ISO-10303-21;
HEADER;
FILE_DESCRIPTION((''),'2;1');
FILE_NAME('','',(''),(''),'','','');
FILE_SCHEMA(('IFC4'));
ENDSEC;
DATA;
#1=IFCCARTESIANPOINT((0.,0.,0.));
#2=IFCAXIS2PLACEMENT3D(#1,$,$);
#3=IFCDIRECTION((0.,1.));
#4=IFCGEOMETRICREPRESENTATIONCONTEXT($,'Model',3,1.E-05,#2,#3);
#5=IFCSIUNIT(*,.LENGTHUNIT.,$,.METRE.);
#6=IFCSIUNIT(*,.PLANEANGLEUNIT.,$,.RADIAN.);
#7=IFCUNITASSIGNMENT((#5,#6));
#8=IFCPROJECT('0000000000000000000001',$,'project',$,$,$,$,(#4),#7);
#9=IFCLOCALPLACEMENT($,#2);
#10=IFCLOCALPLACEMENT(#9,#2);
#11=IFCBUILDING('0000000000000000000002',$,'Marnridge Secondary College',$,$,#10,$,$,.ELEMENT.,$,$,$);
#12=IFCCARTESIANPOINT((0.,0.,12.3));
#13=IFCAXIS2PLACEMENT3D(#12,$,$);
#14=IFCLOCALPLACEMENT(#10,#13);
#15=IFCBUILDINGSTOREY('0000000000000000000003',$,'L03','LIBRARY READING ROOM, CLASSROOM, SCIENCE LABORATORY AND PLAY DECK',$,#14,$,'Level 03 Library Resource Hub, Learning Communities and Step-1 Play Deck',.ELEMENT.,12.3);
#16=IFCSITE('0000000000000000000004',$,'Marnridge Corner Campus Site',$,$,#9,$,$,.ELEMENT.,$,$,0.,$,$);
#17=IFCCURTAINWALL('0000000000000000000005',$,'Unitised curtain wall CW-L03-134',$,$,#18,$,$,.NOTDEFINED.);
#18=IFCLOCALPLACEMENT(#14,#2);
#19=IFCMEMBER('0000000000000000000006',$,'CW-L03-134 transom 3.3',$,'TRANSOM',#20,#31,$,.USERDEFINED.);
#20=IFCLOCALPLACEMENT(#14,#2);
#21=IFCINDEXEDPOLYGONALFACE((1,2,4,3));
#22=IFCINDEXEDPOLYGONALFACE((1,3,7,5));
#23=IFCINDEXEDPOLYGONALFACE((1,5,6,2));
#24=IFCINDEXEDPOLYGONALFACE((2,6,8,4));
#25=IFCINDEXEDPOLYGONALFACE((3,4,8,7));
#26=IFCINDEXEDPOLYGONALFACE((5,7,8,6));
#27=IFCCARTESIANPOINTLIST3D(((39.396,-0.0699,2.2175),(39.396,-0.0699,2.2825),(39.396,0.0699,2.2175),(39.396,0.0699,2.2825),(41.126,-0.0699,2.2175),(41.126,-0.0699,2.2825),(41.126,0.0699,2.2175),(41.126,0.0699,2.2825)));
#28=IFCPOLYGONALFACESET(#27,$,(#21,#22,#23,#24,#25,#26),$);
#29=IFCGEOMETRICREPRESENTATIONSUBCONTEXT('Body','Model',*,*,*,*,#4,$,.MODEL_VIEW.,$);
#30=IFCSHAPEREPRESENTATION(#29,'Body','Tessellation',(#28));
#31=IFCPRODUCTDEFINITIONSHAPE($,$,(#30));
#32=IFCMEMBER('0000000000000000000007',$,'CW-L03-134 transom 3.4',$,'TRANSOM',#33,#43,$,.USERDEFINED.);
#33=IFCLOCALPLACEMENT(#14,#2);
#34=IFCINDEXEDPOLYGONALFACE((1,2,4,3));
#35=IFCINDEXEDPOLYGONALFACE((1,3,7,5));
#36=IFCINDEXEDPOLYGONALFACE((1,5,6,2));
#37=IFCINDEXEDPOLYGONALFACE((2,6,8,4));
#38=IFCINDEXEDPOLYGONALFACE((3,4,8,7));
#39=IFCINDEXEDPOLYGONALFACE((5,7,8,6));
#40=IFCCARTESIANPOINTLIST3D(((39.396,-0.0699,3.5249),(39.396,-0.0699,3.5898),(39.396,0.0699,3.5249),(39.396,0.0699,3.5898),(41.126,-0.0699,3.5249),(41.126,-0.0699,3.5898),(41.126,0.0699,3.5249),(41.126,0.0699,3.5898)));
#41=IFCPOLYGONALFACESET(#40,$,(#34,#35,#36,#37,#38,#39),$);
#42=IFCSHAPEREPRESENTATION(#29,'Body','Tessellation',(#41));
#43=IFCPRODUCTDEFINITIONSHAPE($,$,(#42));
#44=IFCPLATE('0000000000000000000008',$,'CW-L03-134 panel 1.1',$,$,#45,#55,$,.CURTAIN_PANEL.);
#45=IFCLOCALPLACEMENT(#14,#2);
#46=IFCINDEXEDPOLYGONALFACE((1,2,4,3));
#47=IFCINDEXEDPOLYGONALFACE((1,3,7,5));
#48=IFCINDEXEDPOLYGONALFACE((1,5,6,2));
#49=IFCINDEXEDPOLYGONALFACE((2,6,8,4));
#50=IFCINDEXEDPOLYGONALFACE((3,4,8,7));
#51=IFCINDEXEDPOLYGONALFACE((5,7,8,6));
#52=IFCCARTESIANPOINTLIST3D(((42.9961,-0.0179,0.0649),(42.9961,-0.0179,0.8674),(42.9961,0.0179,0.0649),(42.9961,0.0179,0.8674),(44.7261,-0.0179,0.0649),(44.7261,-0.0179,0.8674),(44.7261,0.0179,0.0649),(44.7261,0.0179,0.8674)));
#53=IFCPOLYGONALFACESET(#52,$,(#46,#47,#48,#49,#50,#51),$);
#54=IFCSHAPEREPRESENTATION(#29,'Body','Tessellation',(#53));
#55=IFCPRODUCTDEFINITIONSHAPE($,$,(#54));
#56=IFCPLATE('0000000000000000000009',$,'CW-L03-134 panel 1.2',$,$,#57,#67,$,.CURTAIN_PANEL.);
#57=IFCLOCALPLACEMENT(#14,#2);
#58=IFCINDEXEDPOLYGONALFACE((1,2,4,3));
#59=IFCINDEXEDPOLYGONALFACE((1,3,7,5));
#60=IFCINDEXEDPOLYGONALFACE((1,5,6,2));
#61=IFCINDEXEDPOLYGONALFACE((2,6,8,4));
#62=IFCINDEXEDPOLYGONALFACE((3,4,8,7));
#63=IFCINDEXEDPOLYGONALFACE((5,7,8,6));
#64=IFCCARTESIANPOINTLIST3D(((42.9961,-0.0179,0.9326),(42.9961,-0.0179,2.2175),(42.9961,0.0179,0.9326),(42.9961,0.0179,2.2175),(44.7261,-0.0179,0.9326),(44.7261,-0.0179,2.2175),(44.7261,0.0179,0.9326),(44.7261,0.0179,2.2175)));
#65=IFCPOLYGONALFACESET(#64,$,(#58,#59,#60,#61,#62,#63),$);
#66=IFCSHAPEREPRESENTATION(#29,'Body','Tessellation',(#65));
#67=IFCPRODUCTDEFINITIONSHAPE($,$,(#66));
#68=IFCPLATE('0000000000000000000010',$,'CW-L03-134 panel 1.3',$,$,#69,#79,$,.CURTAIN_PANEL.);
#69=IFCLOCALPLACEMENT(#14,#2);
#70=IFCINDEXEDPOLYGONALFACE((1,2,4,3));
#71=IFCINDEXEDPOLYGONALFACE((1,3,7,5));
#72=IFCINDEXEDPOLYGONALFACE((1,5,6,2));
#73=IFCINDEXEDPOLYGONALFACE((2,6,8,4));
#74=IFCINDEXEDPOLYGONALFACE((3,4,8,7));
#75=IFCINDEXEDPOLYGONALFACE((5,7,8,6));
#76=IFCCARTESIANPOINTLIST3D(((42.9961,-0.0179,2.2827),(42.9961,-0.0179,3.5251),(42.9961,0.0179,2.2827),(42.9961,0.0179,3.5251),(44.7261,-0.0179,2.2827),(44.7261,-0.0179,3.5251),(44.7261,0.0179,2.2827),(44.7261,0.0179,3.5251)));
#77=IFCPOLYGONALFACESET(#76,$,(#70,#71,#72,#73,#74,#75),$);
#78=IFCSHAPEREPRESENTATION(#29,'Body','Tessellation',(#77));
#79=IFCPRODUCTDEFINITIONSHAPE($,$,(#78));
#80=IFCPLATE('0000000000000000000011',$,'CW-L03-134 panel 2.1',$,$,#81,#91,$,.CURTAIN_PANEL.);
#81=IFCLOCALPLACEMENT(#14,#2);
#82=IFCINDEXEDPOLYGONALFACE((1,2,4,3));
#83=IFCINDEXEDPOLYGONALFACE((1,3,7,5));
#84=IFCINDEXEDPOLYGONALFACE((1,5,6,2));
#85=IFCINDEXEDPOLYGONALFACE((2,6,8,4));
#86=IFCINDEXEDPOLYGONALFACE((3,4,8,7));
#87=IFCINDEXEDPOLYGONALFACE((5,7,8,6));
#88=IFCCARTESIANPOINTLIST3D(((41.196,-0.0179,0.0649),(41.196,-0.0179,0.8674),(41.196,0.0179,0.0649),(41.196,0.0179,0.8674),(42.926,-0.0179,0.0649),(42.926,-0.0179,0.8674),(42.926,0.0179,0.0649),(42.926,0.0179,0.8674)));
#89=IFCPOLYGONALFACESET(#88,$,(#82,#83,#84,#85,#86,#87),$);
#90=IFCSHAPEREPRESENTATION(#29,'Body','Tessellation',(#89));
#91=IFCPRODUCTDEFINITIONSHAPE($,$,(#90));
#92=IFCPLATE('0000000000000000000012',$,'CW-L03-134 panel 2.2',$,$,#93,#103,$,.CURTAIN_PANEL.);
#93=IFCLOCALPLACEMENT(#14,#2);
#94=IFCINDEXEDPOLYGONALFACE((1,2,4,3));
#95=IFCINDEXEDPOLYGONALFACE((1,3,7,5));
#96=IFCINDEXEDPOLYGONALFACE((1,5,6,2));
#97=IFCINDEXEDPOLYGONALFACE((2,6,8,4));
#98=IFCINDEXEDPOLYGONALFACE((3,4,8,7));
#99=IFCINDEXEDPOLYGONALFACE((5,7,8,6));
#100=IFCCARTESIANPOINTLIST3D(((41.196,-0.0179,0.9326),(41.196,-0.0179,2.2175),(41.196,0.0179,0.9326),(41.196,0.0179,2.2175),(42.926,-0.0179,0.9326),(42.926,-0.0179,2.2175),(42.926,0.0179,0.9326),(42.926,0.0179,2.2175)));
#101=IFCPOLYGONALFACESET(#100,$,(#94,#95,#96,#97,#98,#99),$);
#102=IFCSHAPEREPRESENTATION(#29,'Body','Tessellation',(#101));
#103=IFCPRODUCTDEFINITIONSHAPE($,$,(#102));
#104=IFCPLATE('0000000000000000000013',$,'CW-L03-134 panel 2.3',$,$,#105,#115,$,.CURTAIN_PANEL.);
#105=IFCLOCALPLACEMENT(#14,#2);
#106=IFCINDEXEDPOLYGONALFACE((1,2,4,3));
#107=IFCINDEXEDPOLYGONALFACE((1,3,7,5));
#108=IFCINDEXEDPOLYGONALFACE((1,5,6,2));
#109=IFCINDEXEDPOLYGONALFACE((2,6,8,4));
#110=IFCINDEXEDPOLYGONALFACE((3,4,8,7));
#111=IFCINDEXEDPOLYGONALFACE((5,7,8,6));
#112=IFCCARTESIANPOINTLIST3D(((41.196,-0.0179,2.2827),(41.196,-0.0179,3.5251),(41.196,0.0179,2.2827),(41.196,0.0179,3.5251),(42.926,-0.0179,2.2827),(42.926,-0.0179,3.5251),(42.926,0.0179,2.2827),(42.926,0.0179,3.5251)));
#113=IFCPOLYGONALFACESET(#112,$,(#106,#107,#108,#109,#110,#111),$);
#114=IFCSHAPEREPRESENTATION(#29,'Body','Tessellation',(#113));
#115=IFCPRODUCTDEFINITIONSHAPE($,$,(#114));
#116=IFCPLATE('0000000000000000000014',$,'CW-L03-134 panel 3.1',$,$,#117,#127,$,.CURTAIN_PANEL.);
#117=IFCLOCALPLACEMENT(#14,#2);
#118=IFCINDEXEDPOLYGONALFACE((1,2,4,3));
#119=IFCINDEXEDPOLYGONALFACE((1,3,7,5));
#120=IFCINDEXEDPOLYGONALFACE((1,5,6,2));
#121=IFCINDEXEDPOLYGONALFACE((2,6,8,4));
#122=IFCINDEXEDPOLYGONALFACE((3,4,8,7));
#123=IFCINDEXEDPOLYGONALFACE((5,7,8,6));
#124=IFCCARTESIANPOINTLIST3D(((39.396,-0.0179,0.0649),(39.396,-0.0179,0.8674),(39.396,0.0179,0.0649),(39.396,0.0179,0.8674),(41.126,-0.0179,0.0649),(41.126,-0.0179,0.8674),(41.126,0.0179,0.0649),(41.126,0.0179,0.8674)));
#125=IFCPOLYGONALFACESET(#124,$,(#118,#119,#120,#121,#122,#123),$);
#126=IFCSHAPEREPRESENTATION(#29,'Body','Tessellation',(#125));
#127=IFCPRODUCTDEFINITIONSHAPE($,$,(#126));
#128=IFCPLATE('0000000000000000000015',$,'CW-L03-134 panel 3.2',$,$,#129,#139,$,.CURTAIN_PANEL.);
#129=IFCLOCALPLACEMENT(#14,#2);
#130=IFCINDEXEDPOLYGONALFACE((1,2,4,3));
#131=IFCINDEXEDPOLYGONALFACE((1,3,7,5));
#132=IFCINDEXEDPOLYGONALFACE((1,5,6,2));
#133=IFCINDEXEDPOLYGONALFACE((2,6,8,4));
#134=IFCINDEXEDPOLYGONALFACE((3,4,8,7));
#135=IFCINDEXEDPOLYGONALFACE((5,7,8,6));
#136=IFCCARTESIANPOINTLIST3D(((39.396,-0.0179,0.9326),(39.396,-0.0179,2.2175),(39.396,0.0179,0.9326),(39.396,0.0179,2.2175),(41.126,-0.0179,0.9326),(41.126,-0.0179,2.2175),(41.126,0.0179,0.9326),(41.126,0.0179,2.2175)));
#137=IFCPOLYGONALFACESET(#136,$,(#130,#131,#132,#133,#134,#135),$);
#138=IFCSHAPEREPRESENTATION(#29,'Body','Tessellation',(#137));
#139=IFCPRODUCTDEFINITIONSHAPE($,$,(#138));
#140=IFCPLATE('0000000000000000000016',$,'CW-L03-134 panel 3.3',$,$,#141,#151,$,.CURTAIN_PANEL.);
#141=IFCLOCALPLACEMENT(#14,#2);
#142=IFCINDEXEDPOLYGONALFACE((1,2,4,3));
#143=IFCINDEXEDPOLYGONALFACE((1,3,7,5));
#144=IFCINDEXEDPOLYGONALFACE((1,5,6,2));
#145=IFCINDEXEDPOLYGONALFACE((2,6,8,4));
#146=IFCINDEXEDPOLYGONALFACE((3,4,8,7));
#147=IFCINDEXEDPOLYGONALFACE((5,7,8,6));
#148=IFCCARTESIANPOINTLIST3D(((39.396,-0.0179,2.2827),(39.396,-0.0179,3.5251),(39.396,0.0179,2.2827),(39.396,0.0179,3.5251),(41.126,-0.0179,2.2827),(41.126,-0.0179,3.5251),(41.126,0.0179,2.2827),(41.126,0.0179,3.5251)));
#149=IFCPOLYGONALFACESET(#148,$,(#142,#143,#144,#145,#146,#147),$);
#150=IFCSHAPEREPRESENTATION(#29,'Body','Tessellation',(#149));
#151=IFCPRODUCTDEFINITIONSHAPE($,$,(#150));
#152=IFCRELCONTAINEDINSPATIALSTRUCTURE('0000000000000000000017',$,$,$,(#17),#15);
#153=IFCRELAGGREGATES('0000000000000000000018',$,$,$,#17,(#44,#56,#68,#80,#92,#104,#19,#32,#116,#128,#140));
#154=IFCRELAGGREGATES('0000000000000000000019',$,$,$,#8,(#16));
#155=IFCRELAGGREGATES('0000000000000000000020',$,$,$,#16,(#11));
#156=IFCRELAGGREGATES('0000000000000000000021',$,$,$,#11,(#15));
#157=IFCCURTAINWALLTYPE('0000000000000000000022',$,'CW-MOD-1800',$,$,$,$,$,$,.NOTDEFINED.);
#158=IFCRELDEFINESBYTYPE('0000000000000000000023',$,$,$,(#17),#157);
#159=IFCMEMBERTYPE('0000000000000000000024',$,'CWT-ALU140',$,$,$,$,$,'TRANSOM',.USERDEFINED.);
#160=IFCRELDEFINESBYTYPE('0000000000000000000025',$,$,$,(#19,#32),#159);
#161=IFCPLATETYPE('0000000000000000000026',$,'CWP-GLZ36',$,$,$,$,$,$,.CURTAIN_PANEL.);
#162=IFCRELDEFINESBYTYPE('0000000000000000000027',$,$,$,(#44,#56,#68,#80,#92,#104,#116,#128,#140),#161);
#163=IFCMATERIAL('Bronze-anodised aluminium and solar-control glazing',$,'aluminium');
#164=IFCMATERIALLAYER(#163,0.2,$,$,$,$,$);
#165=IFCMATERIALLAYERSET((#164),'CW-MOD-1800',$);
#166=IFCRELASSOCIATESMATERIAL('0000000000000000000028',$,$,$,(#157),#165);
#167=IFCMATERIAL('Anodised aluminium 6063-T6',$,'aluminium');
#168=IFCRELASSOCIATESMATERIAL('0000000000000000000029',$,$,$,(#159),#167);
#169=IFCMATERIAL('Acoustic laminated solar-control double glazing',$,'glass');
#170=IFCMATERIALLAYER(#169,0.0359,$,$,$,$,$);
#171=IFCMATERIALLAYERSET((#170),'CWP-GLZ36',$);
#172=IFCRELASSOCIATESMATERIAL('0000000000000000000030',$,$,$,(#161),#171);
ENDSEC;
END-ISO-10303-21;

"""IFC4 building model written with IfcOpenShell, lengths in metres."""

from ifc_helpers import new_model, si_unit, direction, frame, origin, origin_2d, place, context, subcontext, project, spatial, rectangle, extrude, material, layer, layer_set, material_profile, profile_set, type_object, element, aggregate, save


model = new_model("IFC4")

# Units and contexts
model_context = context("Model", 3, precision=1e-05, world=origin(), true_north=direction((0.0, 1.0)))
body_context = subcontext(model_context, "Body", "Model", "MODEL_VIEW")
ifc_project = project(units=[si_unit("LENGTHUNIT", "METRE"), si_unit("PLANEANGLEUNIT", "RADIAN")], contexts=[model_context])

# Site, building, storey
site_placement = place(None, origin())
site = spatial("IfcSite", under=ifc_project, at=site_placement, Name="Marnridge Corner Campus Site", CompositionType="ELEMENT", RefElevation=0.0)
building_placement = place(site_placement, origin())
building = spatial("IfcBuilding", under=site, at=building_placement, Name="Marnridge Secondary College", CompositionType="ELEMENT")
storey_placement = place(building_placement, frame((0.0, 0.0, 12.3)))
storey = spatial("IfcBuildingStorey", under=building, at=storey_placement, Name="L03", Description="LIBRARY READING ROOM, CLASSROOM, SCIENCE LABORATORY AND PLAY DECK", LongName="Level 03 Library Resource Hub, Learning Communities and Step-1 Play Deck", CompositionType="ELEMENT", Elevation=12.3)

# Curtain wall, members, plates
ifc_material_1 = material(Name="Bronze-anodised aluminium and solar-control glazing", Category="aluminium")
ifc_layer_1 = layer(ifc_material_1, 0.2)
ifc_layer_set_1 = layer_set([ifc_layer_1], Name="CW-MOD-1800")
curtain_wall_type = type_object("IfcCurtainWallType", Name="CW-MOD-1800", PredefinedType="NOTDEFINED", material=ifc_layer_set_1)
curtain_wall_placement = place(storey_placement, origin())
curtain_wall = element("IfcCurtainWall", 1, at=curtain_wall_placement, inside=storey, type_object=curtain_wall_type, Name="Unitised curtain wall CW-L03-134", PredefinedType="NOTDEFINED")
ifc_material_2 = material(Name="Anodised aluminium 6063-T6", Category="aluminium")
ifc_material_profile_1 = material_profile(ifc_material_2, rectangle(XDim=0.0649, YDim=0.1399, at=origin_2d()), Name="ALU 65x140")
ifc_profile_set_1 = profile_set([ifc_material_profile_1], Name="Anodised aluminium 6063-T6")
member_type_1 = type_object("IfcMemberType", Name="CWT-ALU140", ElementType="TRANSOM", PredefinedType="USERDEFINED", material=ifc_profile_set_1)
member_1_placement = place(storey_placement, frame((41.126, 0.0, 2.25), z_axis=(-1.0, 0.0, 0.0), x_axis=(0.0, 0.0, 1.0)))
member_1 = element("IfcMember", 2, at=member_1_placement, type_object=member_type_1, Name="CW-L03-134 transom 3.3", ObjectType="TRANSOM", PredefinedType="USERDEFINED", context=body_context, shape_type="SweptSolid", body=[
    extrude(rectangle(XDim=0.0649, YDim=0.1399, at=origin_2d()), origin(), (0.0, 0.0, 1.0), 1.73),
])
member_2_placement = place(storey_placement, frame((41.126, 0.0, 3.5574), z_axis=(-1.0, 0.0, 0.0), x_axis=(0.0, 0.0, 1.0)))
member_2 = element("IfcMember", 3, at=member_2_placement, type_object=member_type_1, Name="CW-L03-134 transom 3.4", ObjectType="TRANSOM", PredefinedType="USERDEFINED", context=body_context, shape_type="SweptSolid", body=[
    extrude(rectangle(XDim=0.0649, YDim=0.1399, at=origin_2d()), origin(), (0.0, 0.0, 1.0), 1.73),
])
ifc_material_3 = material(Name="Acoustic laminated solar-control double glazing", Category="glass")
ifc_layer_2 = layer(ifc_material_3, 0.0359)
ifc_layer_set_2 = layer_set([ifc_layer_2], Name="CWP-GLZ36")
plate_type = type_object("IfcPlateType", Name="CWP-GLZ36", PredefinedType="CURTAIN_PANEL", material=ifc_layer_set_2)
plate_1_placement = place(storey_placement, frame((43.8611, 0.0, 0.0649), z_axis=(0.0, 0.0, 1.0), x_axis=(-1.0, 0.0, 0.0)))
plate_1 = element("IfcPlate", 4, at=plate_1_placement, type_object=plate_type, Name="CW-L03-134 panel 1.1", PredefinedType="CURTAIN_PANEL", context=body_context, shape_type="SweptSolid", body=[
    extrude(rectangle(XDim=1.73, YDim=0.0359, at=origin_2d()), origin(), (0.0, 0.0, 1.0), 0.8025),
])
plate_2_placement = place(storey_placement, frame((43.8611, 0.0, 0.9326), z_axis=(0.0, 0.0, 1.0), x_axis=(-1.0, 0.0, 0.0)))
plate_2 = element("IfcPlate", 5, at=plate_2_placement, type_object=plate_type, Name="CW-L03-134 panel 1.2", PredefinedType="CURTAIN_PANEL", context=body_context, shape_type="SweptSolid", body=[
    extrude(rectangle(XDim=1.73, YDim=0.0359, at=origin_2d()), origin(), (0.0, 0.0, 1.0), 1.2849),
])
plate_3_placement = place(storey_placement, frame((43.8611, 0.0, 2.2827), z_axis=(0.0, 0.0, 1.0), x_axis=(-1.0, 0.0, 0.0)))
plate_3 = element("IfcPlate", 6, at=plate_3_placement, type_object=plate_type, Name="CW-L03-134 panel 1.3", PredefinedType="CURTAIN_PANEL", context=body_context, shape_type="SweptSolid", body=[
    extrude(rectangle(XDim=1.73, YDim=0.0359, at=origin_2d()), origin(), (0.0, 0.0, 1.0), 1.2424),
])
plate_4_placement = place(storey_placement, frame((42.061, 0.0, 0.0649), z_axis=(0.0, 0.0, 1.0), x_axis=(-1.0, 0.0, 0.0)))
plate_4 = element("IfcPlate", 7, at=plate_4_placement, type_object=plate_type, Name="CW-L03-134 panel 2.1", PredefinedType="CURTAIN_PANEL", context=body_context, shape_type="SweptSolid", body=[
    extrude(rectangle(XDim=1.73, YDim=0.0359, at=origin_2d()), origin(), (0.0, 0.0, 1.0), 0.8025),
])
plate_5_placement = place(storey_placement, frame((42.061, 0.0, 0.9326), z_axis=(0.0, 0.0, 1.0), x_axis=(-1.0, 0.0, 0.0)))
plate_5 = element("IfcPlate", 8, at=plate_5_placement, type_object=plate_type, Name="CW-L03-134 panel 2.2", PredefinedType="CURTAIN_PANEL", context=body_context, shape_type="SweptSolid", body=[
    extrude(rectangle(XDim=1.73, YDim=0.0359, at=origin_2d()), origin(), (0.0, 0.0, 1.0), 1.2849),
])
plate_6_placement = place(storey_placement, frame((42.061, 0.0, 2.2827), z_axis=(0.0, 0.0, 1.0), x_axis=(-1.0, 0.0, 0.0)))
plate_6 = element("IfcPlate", 9, at=plate_6_placement, type_object=plate_type, Name="CW-L03-134 panel 2.3", PredefinedType="CURTAIN_PANEL", context=body_context, shape_type="SweptSolid", body=[
    extrude(rectangle(XDim=1.73, YDim=0.0359, at=origin_2d()), origin(), (0.0, 0.0, 1.0), 1.2424),
])
plate_7_placement = place(storey_placement, frame((40.261, 0.0, 0.0649), z_axis=(0.0, 0.0, 1.0), x_axis=(-1.0, 0.0, 0.0)))
plate_7 = element("IfcPlate", 10, at=plate_7_placement, type_object=plate_type, Name="CW-L03-134 panel 3.1", PredefinedType="CURTAIN_PANEL", context=body_context, shape_type="SweptSolid", body=[
    extrude(rectangle(XDim=1.73, YDim=0.0359, at=origin_2d()), origin(), (0.0, 0.0, 1.0), 0.8025),
])
plate_8_placement = place(storey_placement, frame((40.261, 0.0, 0.9326), z_axis=(0.0, 0.0, 1.0), x_axis=(-1.0, 0.0, 0.0)))
plate_8 = element("IfcPlate", 11, at=plate_8_placement, type_object=plate_type, Name="CW-L03-134 panel 3.2", PredefinedType="CURTAIN_PANEL", context=body_context, shape_type="SweptSolid", body=[
    extrude(rectangle(XDim=1.73, YDim=0.0359, at=origin_2d()), origin(), (0.0, 0.0, 1.0), 1.2849),
])
plate_9_placement = place(storey_placement, frame((40.261, 0.0, 2.2827), z_axis=(0.0, 0.0, 1.0), x_axis=(-1.0, 0.0, 0.0)))
plate_9 = element("IfcPlate", 12, at=plate_9_placement, type_object=plate_type, Name="CW-L03-134 panel 3.3", PredefinedType="CURTAIN_PANEL", context=body_context, shape_type="SweptSolid", body=[
    extrude(rectangle(XDim=1.73, YDim=0.0359, at=origin_2d()), origin(), (0.0, 0.0, 1.0), 1.2424),
])
aggregate(curtain_wall, [plate_1, plate_2, plate_3, plate_4, plate_5, plate_6, member_1, member_2, plate_7, plate_8, plate_9])

save(model, "model.ifc")
